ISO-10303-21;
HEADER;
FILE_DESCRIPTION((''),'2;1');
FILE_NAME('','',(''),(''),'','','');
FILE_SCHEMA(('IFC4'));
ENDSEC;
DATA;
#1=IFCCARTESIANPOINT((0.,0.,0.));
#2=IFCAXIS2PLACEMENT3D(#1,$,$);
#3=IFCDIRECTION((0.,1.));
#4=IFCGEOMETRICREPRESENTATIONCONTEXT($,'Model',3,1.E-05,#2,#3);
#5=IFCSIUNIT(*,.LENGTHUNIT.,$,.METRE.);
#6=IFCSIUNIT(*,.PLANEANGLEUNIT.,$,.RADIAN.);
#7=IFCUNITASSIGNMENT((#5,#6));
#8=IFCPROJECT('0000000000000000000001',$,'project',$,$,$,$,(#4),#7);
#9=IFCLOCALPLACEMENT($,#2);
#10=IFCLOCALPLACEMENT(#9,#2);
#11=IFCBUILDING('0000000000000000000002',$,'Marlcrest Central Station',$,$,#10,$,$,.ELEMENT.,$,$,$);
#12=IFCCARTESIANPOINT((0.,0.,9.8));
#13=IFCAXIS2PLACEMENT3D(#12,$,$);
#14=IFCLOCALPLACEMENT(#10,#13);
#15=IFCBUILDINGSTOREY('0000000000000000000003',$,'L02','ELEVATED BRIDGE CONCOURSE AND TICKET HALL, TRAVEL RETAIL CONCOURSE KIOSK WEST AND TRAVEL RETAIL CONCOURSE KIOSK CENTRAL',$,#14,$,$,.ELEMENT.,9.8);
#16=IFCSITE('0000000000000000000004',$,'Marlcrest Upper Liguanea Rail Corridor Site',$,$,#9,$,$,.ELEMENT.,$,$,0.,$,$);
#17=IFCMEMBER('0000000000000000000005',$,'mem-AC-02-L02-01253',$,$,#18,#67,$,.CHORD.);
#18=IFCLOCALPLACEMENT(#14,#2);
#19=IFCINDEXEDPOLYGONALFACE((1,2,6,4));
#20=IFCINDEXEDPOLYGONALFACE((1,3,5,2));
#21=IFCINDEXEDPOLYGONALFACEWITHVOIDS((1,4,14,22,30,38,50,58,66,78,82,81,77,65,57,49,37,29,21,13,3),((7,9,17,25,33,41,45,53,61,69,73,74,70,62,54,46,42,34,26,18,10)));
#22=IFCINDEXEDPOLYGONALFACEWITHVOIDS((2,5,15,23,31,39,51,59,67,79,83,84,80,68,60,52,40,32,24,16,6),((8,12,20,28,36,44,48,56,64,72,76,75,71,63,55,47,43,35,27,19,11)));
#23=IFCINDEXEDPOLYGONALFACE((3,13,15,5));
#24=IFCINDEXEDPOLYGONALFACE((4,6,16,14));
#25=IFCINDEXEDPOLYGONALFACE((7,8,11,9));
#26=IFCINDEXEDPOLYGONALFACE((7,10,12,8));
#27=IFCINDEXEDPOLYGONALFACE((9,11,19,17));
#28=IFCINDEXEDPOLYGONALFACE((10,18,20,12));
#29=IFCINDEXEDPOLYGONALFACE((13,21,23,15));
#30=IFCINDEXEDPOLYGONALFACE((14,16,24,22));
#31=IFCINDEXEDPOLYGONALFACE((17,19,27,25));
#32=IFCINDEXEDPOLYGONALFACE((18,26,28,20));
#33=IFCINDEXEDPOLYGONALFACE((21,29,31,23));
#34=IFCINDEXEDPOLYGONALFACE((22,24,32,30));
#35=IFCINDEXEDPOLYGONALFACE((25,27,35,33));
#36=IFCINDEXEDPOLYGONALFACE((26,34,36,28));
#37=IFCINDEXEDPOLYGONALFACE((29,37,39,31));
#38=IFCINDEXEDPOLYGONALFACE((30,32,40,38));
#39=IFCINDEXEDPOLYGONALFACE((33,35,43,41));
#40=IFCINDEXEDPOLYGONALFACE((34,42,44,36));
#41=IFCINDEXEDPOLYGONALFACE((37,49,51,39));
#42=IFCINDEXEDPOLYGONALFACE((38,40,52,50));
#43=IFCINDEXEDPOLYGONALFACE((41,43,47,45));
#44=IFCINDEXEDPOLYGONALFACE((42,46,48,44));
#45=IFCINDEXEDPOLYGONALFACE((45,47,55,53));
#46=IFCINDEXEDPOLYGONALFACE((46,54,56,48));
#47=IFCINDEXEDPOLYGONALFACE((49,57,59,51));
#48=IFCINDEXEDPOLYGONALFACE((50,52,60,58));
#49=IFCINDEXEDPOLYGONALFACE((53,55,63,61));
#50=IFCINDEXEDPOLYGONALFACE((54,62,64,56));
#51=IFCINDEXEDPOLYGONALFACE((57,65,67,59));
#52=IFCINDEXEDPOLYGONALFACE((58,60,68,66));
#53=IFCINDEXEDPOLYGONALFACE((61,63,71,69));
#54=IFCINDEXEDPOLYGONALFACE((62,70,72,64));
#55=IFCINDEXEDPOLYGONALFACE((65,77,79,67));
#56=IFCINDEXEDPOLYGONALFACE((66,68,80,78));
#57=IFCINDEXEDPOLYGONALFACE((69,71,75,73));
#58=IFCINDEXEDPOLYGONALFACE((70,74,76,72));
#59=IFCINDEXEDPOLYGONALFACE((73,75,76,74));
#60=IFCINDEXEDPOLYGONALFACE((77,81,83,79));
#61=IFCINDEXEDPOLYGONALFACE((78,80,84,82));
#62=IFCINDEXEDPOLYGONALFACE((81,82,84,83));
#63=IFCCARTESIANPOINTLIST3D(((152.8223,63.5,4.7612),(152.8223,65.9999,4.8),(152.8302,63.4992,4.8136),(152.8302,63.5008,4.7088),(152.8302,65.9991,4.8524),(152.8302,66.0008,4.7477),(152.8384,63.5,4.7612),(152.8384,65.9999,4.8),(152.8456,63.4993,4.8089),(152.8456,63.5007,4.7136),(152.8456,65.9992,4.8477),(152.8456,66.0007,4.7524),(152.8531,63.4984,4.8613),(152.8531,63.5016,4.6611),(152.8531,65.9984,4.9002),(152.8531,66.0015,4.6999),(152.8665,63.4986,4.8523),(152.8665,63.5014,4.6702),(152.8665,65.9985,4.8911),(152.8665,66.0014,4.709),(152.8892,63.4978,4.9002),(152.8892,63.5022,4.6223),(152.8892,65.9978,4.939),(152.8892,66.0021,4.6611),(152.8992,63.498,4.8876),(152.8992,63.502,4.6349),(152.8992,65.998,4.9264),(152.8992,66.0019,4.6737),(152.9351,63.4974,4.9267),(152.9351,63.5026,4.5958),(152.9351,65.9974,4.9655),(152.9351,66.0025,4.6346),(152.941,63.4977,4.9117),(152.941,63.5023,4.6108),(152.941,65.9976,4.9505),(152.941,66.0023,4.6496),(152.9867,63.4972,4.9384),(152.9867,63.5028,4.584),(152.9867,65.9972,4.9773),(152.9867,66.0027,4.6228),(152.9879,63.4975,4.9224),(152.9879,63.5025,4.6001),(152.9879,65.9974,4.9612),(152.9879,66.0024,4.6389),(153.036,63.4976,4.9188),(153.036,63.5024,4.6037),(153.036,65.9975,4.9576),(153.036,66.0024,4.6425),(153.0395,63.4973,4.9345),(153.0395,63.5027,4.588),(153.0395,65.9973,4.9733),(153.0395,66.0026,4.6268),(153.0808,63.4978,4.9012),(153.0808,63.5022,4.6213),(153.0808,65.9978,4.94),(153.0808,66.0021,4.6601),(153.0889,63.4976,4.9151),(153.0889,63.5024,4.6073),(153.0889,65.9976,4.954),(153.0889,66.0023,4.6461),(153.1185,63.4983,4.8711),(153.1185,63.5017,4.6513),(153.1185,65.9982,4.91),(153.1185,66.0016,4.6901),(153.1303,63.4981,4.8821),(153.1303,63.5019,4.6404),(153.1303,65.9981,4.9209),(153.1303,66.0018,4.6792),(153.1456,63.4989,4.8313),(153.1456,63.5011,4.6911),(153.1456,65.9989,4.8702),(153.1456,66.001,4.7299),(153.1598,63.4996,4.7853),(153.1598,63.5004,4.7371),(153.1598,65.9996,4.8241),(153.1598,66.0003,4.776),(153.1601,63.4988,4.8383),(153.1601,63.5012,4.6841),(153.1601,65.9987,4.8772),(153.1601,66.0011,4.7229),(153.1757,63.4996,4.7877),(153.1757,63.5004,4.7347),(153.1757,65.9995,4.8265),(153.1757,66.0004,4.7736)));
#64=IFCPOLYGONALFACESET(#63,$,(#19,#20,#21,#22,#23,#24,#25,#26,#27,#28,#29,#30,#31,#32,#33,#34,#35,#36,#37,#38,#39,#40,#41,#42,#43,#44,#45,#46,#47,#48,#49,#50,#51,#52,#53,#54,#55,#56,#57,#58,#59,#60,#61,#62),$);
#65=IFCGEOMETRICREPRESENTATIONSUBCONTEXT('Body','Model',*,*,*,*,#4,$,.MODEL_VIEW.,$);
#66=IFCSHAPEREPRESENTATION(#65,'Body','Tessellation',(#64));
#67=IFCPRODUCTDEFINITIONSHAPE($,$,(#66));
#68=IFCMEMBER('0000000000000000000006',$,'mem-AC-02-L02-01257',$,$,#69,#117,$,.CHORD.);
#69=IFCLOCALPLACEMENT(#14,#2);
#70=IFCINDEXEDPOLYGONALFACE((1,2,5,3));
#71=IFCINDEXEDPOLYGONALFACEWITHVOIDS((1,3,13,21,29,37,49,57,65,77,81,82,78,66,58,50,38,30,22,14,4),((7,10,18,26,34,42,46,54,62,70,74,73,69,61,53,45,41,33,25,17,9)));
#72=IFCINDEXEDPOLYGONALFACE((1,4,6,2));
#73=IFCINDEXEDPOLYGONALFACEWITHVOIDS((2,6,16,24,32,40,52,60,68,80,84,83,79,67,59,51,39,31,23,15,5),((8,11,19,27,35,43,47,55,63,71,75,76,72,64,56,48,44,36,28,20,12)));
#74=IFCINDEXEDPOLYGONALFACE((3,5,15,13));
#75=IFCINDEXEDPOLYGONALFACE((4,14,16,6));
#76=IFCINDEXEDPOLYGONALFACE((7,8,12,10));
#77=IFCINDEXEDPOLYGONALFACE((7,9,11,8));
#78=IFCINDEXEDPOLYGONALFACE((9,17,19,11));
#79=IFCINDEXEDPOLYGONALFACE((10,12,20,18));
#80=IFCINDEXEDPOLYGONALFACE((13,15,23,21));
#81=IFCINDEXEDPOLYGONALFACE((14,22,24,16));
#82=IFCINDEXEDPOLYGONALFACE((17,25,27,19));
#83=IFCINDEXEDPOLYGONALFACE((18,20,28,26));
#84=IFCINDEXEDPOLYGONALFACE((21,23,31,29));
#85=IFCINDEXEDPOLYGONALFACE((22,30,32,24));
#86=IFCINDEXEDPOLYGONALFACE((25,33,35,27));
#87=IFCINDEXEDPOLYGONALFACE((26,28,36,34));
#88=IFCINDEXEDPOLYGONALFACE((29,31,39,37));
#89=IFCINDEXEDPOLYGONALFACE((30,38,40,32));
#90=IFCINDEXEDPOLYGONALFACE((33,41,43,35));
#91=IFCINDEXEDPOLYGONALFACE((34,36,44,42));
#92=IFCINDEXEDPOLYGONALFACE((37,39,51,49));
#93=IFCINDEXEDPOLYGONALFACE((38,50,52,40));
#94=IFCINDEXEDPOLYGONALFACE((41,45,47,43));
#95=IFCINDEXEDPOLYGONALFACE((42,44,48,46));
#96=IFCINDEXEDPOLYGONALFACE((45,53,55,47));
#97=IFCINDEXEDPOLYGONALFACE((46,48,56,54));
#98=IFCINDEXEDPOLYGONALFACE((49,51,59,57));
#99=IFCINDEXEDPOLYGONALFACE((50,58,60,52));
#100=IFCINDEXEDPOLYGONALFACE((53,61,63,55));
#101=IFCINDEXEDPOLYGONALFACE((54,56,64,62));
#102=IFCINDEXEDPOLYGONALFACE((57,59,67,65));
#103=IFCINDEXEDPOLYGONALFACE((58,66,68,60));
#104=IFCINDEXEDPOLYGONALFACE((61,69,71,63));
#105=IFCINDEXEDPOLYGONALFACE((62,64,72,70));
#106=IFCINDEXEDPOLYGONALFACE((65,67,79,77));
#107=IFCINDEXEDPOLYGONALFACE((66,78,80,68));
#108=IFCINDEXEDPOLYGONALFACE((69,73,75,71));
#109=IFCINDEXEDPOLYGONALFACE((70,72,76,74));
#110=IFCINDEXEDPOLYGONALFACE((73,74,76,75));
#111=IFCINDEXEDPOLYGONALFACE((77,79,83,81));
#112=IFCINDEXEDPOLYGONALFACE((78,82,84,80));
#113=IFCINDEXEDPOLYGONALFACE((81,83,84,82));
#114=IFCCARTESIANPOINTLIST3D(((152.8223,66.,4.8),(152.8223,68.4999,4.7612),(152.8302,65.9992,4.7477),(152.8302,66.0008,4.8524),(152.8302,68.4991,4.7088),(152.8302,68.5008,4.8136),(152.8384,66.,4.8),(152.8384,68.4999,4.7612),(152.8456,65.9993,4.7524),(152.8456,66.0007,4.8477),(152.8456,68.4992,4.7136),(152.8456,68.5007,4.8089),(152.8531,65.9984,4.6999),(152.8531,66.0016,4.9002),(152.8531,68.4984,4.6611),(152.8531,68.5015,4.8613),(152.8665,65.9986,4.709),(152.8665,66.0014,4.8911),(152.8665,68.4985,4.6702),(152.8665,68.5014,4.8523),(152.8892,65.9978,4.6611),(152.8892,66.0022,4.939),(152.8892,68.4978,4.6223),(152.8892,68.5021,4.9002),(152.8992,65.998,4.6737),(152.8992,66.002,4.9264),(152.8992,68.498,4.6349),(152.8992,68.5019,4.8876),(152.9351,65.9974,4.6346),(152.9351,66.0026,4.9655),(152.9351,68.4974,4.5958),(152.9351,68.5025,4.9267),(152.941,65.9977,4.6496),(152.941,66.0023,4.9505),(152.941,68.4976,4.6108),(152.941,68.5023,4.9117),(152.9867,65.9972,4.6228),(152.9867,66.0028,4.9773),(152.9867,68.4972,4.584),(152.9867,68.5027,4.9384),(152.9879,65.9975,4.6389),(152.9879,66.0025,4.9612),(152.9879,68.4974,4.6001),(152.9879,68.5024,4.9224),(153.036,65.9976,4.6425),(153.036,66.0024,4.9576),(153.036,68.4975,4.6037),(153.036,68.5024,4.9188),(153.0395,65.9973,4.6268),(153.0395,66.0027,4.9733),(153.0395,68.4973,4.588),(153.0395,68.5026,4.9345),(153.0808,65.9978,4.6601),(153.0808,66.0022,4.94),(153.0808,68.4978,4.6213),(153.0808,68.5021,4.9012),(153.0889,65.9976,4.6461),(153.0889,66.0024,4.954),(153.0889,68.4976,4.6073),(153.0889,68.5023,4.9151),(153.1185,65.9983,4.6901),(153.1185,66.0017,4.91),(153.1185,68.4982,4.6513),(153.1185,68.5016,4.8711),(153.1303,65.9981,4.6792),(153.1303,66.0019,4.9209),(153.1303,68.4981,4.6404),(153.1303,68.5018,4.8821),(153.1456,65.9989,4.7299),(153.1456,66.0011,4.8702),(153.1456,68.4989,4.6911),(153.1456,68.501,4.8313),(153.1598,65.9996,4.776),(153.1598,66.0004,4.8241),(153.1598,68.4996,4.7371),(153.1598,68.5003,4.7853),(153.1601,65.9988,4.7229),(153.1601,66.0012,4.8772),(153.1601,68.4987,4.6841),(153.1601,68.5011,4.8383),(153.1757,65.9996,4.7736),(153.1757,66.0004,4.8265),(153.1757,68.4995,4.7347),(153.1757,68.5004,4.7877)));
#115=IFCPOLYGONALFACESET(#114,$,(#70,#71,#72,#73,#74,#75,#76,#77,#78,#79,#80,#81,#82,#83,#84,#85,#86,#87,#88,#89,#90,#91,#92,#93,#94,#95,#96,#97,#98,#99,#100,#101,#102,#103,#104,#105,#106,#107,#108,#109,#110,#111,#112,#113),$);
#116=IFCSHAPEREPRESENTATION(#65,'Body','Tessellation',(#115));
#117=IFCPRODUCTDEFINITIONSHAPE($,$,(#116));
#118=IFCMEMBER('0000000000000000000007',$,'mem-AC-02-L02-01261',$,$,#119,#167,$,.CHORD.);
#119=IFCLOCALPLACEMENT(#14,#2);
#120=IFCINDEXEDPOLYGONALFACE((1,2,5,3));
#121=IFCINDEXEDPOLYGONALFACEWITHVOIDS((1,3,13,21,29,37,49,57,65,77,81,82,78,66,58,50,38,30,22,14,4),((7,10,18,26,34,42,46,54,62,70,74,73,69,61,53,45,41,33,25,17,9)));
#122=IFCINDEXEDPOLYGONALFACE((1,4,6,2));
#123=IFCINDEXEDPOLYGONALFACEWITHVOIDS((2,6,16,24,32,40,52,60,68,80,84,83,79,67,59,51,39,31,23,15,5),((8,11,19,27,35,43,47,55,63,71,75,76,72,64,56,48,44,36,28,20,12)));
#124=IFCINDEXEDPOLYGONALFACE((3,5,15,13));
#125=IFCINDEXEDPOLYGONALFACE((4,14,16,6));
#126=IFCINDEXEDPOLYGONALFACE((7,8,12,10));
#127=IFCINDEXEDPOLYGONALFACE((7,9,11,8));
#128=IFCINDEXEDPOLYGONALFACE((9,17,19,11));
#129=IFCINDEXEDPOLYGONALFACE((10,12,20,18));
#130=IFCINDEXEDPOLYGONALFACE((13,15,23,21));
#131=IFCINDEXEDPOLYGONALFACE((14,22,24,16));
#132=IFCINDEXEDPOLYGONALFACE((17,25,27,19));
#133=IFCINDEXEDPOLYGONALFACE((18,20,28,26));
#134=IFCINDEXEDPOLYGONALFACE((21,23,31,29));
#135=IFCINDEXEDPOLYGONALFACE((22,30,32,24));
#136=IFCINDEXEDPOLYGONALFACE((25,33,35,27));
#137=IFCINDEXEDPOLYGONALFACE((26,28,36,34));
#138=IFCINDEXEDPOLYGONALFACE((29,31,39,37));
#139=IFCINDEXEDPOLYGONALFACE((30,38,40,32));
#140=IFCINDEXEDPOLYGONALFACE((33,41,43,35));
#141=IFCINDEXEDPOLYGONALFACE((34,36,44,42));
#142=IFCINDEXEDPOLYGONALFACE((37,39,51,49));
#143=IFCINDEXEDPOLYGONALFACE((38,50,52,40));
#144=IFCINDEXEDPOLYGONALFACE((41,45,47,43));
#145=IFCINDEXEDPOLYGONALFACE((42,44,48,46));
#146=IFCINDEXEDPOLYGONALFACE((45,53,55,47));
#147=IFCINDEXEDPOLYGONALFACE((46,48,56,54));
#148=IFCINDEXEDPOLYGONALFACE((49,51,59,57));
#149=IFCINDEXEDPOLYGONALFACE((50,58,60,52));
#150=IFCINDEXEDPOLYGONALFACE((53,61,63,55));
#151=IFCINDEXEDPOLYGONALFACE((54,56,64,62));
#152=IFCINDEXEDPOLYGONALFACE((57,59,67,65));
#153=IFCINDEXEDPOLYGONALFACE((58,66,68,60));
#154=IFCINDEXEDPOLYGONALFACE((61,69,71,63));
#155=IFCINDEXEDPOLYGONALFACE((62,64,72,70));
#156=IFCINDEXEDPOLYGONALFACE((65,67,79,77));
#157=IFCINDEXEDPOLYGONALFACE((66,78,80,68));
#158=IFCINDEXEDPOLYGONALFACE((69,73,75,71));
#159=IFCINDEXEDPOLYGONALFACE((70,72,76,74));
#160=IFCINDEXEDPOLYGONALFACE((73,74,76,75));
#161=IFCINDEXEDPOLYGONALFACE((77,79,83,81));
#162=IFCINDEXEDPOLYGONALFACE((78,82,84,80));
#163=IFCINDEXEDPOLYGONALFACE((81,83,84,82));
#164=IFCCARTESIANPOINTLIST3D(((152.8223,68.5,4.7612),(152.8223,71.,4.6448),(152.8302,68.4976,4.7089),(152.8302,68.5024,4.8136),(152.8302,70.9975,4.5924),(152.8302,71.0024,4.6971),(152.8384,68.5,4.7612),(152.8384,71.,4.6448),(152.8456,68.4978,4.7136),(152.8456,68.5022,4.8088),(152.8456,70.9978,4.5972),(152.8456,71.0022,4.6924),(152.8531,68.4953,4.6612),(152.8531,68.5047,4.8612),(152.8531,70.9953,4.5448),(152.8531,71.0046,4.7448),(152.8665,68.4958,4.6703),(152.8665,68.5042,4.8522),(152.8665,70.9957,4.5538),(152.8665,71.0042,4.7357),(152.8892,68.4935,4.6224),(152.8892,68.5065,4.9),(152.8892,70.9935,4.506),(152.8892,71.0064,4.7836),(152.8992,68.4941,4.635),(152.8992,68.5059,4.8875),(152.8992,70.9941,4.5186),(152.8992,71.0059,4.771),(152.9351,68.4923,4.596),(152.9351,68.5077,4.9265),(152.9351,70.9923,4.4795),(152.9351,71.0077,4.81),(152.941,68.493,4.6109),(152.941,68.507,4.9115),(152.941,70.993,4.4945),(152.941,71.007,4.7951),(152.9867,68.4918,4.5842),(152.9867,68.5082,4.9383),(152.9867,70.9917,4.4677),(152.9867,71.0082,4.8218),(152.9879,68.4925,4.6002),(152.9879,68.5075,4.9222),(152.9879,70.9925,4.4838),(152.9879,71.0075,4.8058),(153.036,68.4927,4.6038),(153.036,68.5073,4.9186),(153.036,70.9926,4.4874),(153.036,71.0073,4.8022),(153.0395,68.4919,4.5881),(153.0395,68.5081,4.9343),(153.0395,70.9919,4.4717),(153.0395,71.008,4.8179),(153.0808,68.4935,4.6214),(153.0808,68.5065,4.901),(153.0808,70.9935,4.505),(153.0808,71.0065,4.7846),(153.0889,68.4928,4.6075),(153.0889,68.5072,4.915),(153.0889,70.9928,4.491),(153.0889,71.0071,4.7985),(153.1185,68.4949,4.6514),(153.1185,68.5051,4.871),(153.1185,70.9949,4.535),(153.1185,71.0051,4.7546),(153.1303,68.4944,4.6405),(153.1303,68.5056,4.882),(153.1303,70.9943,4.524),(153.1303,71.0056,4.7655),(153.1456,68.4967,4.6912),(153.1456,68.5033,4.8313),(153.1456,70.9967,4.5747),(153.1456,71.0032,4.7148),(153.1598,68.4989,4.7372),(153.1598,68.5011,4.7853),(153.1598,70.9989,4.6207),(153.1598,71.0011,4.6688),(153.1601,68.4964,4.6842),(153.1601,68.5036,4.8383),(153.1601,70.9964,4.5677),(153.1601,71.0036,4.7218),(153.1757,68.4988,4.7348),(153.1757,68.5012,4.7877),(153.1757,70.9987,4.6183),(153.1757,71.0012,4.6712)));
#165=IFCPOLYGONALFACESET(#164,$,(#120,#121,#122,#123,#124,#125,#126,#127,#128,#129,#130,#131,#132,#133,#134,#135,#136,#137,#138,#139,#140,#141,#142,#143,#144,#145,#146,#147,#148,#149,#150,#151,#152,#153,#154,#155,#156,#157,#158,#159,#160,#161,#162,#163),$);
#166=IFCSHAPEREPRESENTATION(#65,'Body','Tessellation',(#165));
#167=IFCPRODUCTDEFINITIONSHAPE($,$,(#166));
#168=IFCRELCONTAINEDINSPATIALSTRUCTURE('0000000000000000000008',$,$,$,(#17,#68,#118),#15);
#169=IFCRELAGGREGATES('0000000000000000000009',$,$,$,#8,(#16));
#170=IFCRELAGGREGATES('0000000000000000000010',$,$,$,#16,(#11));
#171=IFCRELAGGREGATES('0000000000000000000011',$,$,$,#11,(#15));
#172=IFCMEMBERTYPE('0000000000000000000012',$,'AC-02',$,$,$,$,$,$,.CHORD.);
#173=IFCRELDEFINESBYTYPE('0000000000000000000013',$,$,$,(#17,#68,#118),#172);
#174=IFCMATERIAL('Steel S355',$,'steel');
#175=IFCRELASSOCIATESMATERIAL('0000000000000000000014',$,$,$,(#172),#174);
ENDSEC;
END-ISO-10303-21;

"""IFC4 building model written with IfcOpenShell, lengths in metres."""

from ifc_helpers import new_model, si_unit, direction, frame, origin, origin_2d, place, context, subcontext, project, spatial, hollow_circle, extrude, material, material_profile, profile_set, type_object, element, save


model = new_model("IFC4")

# Units and contexts
model_context = context("Model", 3, precision=1e-05, world=origin(), true_north=direction((0.0, 1.0)))
body_context = subcontext(model_context, "Body", "Model", "MODEL_VIEW")
ifc_project = project(units=[si_unit("LENGTHUNIT", "METRE"), si_unit("PLANEANGLEUNIT", "RADIAN")], contexts=[model_context])

# Site, building, storey
site_placement = place(None, origin())
site = spatial("IfcSite", under=ifc_project, at=site_placement, Name="Marlcrest Upper Liguanea Rail Corridor Site", CompositionType="ELEMENT", RefElevation=0.0)
building_placement = place(site_placement, origin())
building = spatial("IfcBuilding", under=site, at=building_placement, Name="Marlcrest Central Station", CompositionType="ELEMENT")
storey_placement = place(building_placement, frame((0.0, 0.0, 9.8)))
storey = spatial("IfcBuildingStorey", under=building, at=storey_placement, Name="L02", Description="ELEVATED BRIDGE CONCOURSE AND TICKET HALL, TRAVEL RETAIL CONCOURSE KIOSK WEST AND TRAVEL RETAIL CONCOURSE KIOSK CENTRAL", CompositionType="ELEMENT", Elevation=9.8)

# Members
ifc_material = material(Name="Steel S355", Category="steel")
ifc_material_profile_1 = material_profile(ifc_material, hollow_circle(Radius=0.1777, WallThickness=0.0161, at=origin_2d()), Name="CHS 355.6x16")
ifc_profile_set_1 = profile_set([ifc_material_profile_1], Name="Steel S355")
member_type_1 = type_object("IfcMemberType", Name="AC-02", PredefinedType="CHORD", material=ifc_profile_set_1)
for number, where, z_axis, x_axis, name in (
    (1, (153.0, 63.5, 4.7612), (0.0, 0.999879, 0.015525), (-1.0, 0.0, 0.0), "mem-AC-02-L02-01253"),
    (2, (153.0, 66.0, 4.8), (0.0, 0.999879, -0.015525), (-1.0, 0.0, 0.0), "mem-AC-02-L02-01257"),
):
    element("IfcMember", number, at=place(storey_placement, frame(where, z_axis=z_axis, x_axis=x_axis)), inside=storey, type_object=member_type_1, Name=name, PredefinedType="CHORD", context=body_context, shape_type="SweptSolid", body=[
        extrude(hollow_circle(Radius=0.1777, WallThickness=0.0161, at=origin_2d()), origin(), (0.0, 0.0, 1.0), 2.5002),
    ])
member_1_placement = place(storey_placement, frame((153.0, 68.5, 4.7612), z_axis=(0.0, 0.998917, -0.046532), x_axis=(-1.0, 0.0, 0.0)))
element("IfcMember", 3, at=member_1_placement, inside=storey, type_object=member_type_1, Name="mem-AC-02-L02-01261", PredefinedType="CHORD", context=body_context, shape_type="SweptSolid", body=[
    extrude(hollow_circle(Radius=0.1777, WallThickness=0.0161, at=origin_2d()), origin(), (0.0, 0.0, 1.0), 2.5027),
])

save(model, "model.ifc")
